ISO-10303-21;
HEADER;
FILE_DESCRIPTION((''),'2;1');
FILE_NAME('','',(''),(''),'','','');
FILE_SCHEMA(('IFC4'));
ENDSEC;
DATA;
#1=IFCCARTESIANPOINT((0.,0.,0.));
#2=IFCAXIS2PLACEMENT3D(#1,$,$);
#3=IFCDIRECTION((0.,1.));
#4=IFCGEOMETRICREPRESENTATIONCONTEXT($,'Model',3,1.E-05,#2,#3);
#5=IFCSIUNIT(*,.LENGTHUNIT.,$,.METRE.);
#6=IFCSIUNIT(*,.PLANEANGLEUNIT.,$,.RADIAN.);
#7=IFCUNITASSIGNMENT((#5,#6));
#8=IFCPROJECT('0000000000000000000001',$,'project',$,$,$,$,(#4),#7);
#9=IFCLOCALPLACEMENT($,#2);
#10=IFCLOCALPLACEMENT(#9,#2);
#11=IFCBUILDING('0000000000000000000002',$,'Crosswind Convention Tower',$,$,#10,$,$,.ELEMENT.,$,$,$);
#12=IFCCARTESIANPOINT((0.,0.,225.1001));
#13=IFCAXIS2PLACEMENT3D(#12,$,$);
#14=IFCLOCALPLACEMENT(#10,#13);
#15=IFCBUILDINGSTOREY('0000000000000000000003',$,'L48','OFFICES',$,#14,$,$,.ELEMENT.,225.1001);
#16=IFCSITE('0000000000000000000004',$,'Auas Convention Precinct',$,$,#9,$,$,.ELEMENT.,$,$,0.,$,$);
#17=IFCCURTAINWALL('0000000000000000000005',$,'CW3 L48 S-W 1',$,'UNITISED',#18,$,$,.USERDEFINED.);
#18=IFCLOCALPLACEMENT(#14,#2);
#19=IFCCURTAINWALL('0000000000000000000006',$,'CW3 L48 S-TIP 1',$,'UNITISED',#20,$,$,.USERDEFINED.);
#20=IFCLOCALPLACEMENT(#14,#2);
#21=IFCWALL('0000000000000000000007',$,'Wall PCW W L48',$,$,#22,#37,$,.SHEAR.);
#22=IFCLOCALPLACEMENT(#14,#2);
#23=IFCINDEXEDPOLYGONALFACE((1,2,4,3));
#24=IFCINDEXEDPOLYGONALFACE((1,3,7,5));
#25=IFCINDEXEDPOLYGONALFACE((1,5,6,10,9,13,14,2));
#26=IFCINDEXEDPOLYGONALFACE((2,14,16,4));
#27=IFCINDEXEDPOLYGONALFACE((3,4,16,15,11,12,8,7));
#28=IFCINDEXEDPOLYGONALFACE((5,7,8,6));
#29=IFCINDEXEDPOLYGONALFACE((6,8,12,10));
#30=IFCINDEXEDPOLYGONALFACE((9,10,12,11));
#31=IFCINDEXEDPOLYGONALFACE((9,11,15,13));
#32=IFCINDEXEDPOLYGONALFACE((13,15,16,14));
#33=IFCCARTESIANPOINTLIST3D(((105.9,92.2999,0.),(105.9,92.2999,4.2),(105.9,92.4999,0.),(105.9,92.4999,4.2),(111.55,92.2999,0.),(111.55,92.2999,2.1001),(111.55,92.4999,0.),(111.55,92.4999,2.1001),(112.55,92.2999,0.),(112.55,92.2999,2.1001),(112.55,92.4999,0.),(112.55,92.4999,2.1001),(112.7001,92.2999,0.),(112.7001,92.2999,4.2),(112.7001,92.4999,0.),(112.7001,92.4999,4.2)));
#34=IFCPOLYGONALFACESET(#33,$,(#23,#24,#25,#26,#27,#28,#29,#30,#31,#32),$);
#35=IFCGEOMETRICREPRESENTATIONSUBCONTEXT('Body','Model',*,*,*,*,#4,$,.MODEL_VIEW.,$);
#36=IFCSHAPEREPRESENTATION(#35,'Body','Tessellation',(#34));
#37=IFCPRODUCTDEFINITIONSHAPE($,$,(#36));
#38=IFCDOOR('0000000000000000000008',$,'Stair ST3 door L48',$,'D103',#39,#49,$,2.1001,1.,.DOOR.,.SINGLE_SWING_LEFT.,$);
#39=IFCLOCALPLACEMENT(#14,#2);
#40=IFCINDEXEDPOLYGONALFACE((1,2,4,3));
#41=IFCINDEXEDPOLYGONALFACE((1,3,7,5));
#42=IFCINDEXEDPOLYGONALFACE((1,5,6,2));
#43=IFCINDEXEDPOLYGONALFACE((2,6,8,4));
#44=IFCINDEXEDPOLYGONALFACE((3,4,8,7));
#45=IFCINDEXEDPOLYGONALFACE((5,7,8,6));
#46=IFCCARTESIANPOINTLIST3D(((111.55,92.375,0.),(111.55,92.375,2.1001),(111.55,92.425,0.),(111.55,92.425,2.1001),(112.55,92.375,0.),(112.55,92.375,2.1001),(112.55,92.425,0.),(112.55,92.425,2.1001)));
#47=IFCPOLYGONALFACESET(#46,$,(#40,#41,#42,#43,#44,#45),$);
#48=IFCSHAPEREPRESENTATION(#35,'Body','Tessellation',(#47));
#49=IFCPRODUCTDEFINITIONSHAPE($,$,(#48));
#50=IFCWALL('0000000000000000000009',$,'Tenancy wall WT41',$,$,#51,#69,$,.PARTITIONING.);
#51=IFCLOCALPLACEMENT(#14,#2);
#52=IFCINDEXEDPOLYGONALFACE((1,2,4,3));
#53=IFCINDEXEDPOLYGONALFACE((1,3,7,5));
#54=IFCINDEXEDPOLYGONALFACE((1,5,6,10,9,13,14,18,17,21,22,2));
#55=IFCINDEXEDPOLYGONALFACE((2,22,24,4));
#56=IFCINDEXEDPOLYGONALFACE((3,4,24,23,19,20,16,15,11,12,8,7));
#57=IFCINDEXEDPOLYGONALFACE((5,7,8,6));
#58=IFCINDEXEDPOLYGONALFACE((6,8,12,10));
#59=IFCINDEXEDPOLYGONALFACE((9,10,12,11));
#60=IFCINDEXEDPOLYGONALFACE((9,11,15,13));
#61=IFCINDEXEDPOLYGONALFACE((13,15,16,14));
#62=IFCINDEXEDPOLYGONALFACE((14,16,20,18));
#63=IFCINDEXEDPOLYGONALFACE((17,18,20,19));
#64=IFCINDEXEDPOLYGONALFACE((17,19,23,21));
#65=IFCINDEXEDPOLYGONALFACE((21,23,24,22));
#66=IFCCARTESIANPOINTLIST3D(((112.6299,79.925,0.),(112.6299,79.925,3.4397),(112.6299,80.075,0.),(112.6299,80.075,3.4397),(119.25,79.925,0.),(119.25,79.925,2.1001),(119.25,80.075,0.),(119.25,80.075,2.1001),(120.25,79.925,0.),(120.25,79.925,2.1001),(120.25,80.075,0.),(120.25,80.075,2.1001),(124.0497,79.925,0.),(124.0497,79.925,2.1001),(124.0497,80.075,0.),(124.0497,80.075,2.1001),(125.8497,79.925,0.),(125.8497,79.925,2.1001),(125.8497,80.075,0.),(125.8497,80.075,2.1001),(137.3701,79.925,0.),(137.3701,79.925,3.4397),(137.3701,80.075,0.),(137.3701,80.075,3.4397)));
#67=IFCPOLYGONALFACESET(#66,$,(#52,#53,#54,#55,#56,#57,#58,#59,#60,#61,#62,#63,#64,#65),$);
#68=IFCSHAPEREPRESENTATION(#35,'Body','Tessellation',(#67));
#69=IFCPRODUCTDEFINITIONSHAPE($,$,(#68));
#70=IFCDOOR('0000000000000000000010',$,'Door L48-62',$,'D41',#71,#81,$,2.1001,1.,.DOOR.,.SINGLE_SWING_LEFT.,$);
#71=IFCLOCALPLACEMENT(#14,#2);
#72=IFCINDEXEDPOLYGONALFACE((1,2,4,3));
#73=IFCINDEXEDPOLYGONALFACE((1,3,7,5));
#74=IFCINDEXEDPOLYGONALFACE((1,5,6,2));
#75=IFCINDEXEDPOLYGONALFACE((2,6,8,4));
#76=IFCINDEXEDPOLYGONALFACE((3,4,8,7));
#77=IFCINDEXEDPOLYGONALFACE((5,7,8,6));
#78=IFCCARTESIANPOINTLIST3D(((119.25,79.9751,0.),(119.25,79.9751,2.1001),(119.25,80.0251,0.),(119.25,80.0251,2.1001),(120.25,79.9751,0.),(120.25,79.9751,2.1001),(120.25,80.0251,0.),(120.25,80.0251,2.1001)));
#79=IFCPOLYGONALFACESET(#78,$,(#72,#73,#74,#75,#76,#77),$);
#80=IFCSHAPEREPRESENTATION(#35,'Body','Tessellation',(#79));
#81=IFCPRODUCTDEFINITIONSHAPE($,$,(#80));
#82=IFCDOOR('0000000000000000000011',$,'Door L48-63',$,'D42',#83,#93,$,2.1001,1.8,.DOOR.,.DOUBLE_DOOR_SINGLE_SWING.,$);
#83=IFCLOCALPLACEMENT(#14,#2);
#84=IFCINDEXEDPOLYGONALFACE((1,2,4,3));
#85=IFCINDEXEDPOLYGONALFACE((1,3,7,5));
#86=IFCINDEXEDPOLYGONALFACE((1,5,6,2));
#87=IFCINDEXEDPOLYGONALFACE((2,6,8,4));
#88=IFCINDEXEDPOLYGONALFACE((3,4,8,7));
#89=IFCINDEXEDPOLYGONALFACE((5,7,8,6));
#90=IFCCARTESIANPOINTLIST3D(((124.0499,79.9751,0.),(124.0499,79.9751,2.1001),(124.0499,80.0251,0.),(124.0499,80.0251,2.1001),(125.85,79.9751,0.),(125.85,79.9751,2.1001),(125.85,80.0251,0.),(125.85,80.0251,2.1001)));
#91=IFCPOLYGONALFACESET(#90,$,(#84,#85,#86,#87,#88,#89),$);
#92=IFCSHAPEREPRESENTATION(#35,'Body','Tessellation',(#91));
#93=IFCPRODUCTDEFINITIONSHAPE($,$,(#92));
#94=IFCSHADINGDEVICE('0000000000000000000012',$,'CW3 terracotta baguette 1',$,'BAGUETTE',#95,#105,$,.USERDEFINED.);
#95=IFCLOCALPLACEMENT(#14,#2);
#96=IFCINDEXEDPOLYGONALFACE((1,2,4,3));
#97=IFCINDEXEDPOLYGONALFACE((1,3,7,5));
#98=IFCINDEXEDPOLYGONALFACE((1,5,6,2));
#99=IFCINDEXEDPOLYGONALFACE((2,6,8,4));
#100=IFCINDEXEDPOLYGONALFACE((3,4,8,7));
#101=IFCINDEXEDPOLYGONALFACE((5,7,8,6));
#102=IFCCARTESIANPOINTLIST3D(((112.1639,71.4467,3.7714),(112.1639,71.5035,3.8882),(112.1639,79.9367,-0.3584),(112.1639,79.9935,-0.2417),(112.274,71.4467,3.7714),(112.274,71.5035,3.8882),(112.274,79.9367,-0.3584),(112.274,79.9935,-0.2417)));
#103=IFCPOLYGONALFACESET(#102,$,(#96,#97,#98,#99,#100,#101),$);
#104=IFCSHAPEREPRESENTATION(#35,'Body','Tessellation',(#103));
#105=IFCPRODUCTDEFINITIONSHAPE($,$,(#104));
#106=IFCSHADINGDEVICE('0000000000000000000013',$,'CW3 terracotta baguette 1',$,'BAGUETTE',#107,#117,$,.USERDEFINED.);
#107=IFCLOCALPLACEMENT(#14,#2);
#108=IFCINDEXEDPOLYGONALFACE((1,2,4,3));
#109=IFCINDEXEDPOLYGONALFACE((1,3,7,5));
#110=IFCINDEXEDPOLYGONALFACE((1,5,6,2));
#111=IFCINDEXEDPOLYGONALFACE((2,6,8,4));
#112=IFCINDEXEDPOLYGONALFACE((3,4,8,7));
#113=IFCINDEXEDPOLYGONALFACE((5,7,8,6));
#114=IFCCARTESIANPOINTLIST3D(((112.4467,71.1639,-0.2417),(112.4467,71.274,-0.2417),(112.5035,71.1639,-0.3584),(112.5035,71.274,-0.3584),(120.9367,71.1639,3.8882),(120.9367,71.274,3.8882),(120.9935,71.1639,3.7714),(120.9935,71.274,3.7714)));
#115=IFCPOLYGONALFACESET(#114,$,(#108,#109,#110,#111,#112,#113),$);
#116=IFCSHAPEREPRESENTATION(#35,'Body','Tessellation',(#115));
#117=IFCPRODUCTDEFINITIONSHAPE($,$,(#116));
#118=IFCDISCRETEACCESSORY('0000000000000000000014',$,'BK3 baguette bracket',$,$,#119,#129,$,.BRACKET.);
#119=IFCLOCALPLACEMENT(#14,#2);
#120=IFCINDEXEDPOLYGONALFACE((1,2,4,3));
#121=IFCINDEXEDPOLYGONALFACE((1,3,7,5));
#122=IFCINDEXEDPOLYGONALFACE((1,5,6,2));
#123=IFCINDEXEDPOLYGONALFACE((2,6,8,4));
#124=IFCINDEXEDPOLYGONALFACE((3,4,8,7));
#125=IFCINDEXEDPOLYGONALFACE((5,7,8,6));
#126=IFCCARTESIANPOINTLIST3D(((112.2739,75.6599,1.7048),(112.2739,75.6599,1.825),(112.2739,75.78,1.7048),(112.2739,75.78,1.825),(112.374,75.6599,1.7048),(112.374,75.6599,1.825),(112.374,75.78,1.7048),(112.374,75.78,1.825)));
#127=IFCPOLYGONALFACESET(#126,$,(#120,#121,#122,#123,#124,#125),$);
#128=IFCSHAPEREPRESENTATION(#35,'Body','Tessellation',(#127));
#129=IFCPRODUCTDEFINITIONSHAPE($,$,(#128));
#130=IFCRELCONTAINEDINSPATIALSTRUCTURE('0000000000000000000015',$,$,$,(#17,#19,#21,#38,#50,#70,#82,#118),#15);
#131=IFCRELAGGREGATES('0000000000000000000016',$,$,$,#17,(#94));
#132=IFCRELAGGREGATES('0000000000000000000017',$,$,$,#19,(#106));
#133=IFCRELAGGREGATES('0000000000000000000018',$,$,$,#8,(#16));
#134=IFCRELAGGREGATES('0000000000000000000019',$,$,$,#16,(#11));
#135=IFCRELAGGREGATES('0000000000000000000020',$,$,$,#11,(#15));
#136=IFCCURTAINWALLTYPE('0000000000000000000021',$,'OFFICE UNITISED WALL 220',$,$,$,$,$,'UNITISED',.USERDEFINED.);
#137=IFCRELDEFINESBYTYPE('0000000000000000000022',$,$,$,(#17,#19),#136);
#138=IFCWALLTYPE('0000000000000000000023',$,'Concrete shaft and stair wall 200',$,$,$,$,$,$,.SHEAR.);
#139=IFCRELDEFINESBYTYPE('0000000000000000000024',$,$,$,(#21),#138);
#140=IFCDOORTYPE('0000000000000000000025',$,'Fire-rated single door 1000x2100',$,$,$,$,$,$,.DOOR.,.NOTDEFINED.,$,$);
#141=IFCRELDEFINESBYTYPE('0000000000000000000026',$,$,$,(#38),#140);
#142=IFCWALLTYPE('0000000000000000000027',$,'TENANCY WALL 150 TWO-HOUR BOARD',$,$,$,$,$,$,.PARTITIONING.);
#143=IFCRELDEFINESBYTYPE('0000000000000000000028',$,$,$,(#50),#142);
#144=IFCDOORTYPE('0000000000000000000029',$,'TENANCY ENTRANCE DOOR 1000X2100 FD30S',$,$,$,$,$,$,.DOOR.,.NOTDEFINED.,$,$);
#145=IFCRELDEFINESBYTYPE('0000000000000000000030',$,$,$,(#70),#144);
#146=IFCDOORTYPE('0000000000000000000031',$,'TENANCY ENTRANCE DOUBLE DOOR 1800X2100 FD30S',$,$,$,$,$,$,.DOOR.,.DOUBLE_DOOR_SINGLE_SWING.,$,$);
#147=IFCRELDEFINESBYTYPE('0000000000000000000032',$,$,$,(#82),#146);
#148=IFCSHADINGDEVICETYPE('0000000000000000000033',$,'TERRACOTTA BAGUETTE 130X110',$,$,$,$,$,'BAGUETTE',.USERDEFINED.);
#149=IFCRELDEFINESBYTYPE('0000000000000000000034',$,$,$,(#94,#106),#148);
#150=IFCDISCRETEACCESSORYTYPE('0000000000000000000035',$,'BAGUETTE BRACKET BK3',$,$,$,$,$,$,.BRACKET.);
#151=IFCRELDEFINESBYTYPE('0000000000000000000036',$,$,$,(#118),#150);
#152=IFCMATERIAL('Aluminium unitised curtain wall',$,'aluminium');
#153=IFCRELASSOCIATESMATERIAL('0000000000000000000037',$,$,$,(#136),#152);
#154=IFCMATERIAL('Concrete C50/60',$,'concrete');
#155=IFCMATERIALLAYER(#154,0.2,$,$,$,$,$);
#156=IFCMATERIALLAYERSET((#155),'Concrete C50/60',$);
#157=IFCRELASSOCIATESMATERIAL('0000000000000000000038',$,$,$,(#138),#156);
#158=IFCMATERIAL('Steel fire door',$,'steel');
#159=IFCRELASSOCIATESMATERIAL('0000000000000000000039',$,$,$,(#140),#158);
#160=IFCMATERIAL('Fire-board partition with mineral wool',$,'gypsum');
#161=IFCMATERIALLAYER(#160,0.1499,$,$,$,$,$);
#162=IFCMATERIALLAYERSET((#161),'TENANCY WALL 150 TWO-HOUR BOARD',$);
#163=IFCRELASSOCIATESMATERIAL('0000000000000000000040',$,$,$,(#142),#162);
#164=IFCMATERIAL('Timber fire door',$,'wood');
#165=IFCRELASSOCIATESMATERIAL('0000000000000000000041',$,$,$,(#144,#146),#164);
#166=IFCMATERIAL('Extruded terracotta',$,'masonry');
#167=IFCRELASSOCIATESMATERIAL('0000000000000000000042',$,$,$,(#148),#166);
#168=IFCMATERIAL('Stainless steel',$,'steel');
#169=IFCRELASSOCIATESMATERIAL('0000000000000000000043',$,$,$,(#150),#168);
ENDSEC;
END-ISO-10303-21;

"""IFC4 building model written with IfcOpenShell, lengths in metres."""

from ifc_helpers import new_model, si_unit, direction, frame, frame_2d, origin, origin_2d, place, context, subcontext, project, spatial, rectangle, extrude, material, layer, layer_set, material_profile, profile_set, type_object, element, fill, aggregate, save


model = new_model("IFC4")

# Units and contexts
model_context = context("Model", 3, precision=1e-05, world=origin(), true_north=direction((0.0, 1.0)))
body_context = subcontext(model_context, "Body", "Model", "MODEL_VIEW")
ifc_project = project(units=[si_unit("LENGTHUNIT", "METRE"), si_unit("PLANEANGLEUNIT", "RADIAN")], contexts=[model_context])

# Site, building, storey
site_placement = place(None, origin())
site = spatial("IfcSite", under=ifc_project, at=site_placement, Name="Auas Convention Precinct", CompositionType="ELEMENT", RefElevation=0.0)
building_placement = place(site_placement, origin())
building = spatial("IfcBuilding", under=site, at=building_placement, Name="Crosswind Convention Tower", CompositionType="ELEMENT")
storey_placement = place(building_placement, frame((0.0, 0.0, 225.1001)))
storey = spatial("IfcBuildingStorey", under=building, at=storey_placement, Name="L48", Description="OFFICES", CompositionType="ELEMENT", Elevation=225.1001)

# Curtain wall
ifc_material_1 = material(Name="Aluminium unitised curtain wall", Category="aluminium")
curtain_wall_type_1 = type_object("IfcCurtainWallType", Name="OFFICE UNITISED WALL 220", ElementType="UNITISED", PredefinedType="USERDEFINED", material=ifc_material_1)
curtain_wall_1_placement = place(storey_placement, origin())
curtain_wall_1 = element("IfcCurtainWall", 1, at=curtain_wall_1_placement, inside=storey, type_object=curtain_wall_type_1, Name="CW3 L48 S-W 1", ObjectType="UNITISED", PredefinedType="USERDEFINED")

# Curtain wall
curtain_wall_2_placement = place(storey_placement, origin())
curtain_wall_2 = element("IfcCurtainWall", 2, at=curtain_wall_2_placement, inside=storey, type_object=curtain_wall_type_1, Name="CW3 L48 S-TIP 1", ObjectType="UNITISED", PredefinedType="USERDEFINED")

# Wall, opening, door
ifc_material_2 = material(Name="Concrete C50/60", Category="concrete")
ifc_layer_1 = layer(ifc_material_2, 0.2)
ifc_layer_set_1 = layer_set([ifc_layer_1], Name="Concrete C50/60")
wall_type_1 = type_object("IfcWallType", Name="Concrete shaft and stair wall 200", PredefinedType="SHEAR", material=ifc_layer_set_1)
ifc_material_3 = material(Name="Steel fire door", Category="steel")
wall_1_placement = place(storey_placement, frame((112.7, 92.3999, 0.0), z_axis=(0.0, 0.0, 1.0), x_axis=(-1.0, 0.0, 0.0)))
wall_1 = element("IfcWall", 3, at=wall_1_placement, inside=storey, type_object=wall_type_1, Name="Wall PCW W L48", PredefinedType="SHEAR", context=body_context, shape_type="SweptSolid", body=[
    extrude(rectangle(XDim=6.8, YDim=0.2, at=frame_2d((3.3999, 0.0))), origin(), (0.0, 0.0, 1.0), 4.2),
])
opening_1_placement = place(wall_1_placement, frame((0.1499, 0.0, 0.0)))
opening_1 = element("IfcOpeningElement", 4, at=opening_1_placement, cuts=wall_1, PredefinedType="OPENING", context=body_context, shape_type="SweptSolid", body=[
    extrude(rectangle(XDim=1.0, YDim=2.1001, at=frame_2d((0.5, 1.05))), frame((0.0, 0.1099, 0.0), z_axis=(0.0, -1.0, 0.0), x_axis=(1.0, 0.0, 0.0)), (0.0, 0.0, 1.0), 0.22),
])
door_type_1 = type_object("IfcDoorType", Name="Fire-rated single door 1000x2100", OperationType="NOTDEFINED", PredefinedType="DOOR", material=ifc_material_3)
door_1_placement = place(opening_1_placement, origin())
door_1 = element("IfcDoor", 5, at=door_1_placement, inside=storey, type_object=door_type_1, Name="Stair ST3 door L48", ObjectType="D103", OperationType="SINGLE_SWING_LEFT", OverallHeight=2.1001, OverallWidth=1.0, PredefinedType="DOOR", context=body_context, shape_type="SweptSolid", body=[
    extrude(rectangle(XDim=1.0, YDim=2.1001, at=frame_2d((0.5, 1.05))), frame((0.0, 0.0249, 0.0), z_axis=(0.0, -1.0, 0.0), x_axis=(1.0, 0.0, 0.0)), (0.0, 0.0, 1.0), 0.05),
])
fill(opening_1, door_1)

# Wall, openings, doors
ifc_material_4 = material(Name="Fire-board partition with mineral wool", Category="gypsum")
ifc_layer_2 = layer(ifc_material_4, 0.1499)
ifc_layer_set_2 = layer_set([ifc_layer_2], Name="TENANCY WALL 150 TWO-HOUR BOARD")
wall_type_2 = type_object("IfcWallType", Name="TENANCY WALL 150 TWO-HOUR BOARD", PredefinedType="PARTITIONING", material=ifc_layer_set_2)
wall_2_placement = place(storey_placement, frame((112.6299, 80.0, 0.0), z_axis=(0.0, 0.0, 1.0), x_axis=(1.0, 0.0, 0.0)))
wall_2 = element("IfcWall", 6, at=wall_2_placement, inside=storey, type_object=wall_type_2, Name="Tenancy wall WT41", PredefinedType="PARTITIONING", context=body_context, shape_type="SweptSolid", body=[
    extrude(rectangle(XDim=24.7402, YDim=0.1499, at=frame_2d((12.3701, 0.0))), origin(), (0.0, 0.0, 1.0), 3.4397),
])
opening_2_placement = place(wall_2_placement, frame((6.6201, 0.0, 0.0)))
opening_2 = element("IfcOpeningElement", 7, at=opening_2_placement, cuts=wall_2, PredefinedType="OPENING", context=body_context, shape_type="SweptSolid", body=[
    extrude(rectangle(XDim=1.0, YDim=2.1001, at=frame_2d((0.5, 1.05))), frame((0.0, 0.085, 0.0), z_axis=(0.0, -1.0, 0.0), x_axis=(1.0, 0.0, 0.0)), (0.0, 0.0, 1.0), 0.1699),
])
opening_3_placement = place(wall_2_placement, frame((11.4199, 0.0, 0.0)))
opening_3 = element("IfcOpeningElement", 8, at=opening_3_placement, cuts=wall_2, PredefinedType="OPENING", context=body_context, shape_type="SweptSolid", body=[
    extrude(rectangle(XDim=1.8, YDim=2.1001, at=frame_2d((0.8999, 1.05))), frame((0.0, 0.085, 0.0), z_axis=(0.0, -1.0, 0.0), x_axis=(1.0, 0.0, 0.0)), (0.0, 0.0, 1.0), 0.1699),
])
ifc_material_5 = material(Name="Timber fire door", Category="wood")
door_type_2 = type_object("IfcDoorType", Name="TENANCY ENTRANCE DOOR 1000X2100 FD30S", OperationType="NOTDEFINED", PredefinedType="DOOR", material=ifc_material_5)
door_2_placement = place(opening_2_placement, frame((1.0, 0.0, 0.0), z_axis=(0.0, 0.0, 1.0), x_axis=(-1.0, 0.0, 0.0)))
door_2 = element("IfcDoor", 9, at=door_2_placement, inside=storey, type_object=door_type_2, Name="Door L48-62", ObjectType="D41", OperationType="SINGLE_SWING_LEFT", OverallHeight=2.1001, OverallWidth=1.0, PredefinedType="DOOR", context=body_context, shape_type="SweptSolid", body=[
    extrude(rectangle(XDim=1.0, YDim=2.1001, at=frame_2d((0.5, 1.05))), frame((0.0, 0.0249, 0.0), z_axis=(0.0, -1.0, 0.0), x_axis=(1.0, 0.0, 0.0)), (0.0, 0.0, 1.0), 0.05),
])
fill(opening_2, door_2)
door_type_3 = type_object("IfcDoorType", Name="TENANCY ENTRANCE DOUBLE DOOR 1800X2100 FD30S", OperationType="DOUBLE_DOOR_SINGLE_SWING", PredefinedType="DOOR", material=ifc_material_5)
door_3_placement = place(opening_3_placement, frame((1.8, 0.0, 0.0), z_axis=(0.0, 0.0, 1.0), x_axis=(-1.0, 0.0, 0.0)))
door_3 = element("IfcDoor", 10, at=door_3_placement, inside=storey, type_object=door_type_3, Name="Door L48-63", ObjectType="D42", OperationType="DOUBLE_DOOR_SINGLE_SWING", OverallHeight=2.1001, OverallWidth=1.8, PredefinedType="DOOR", context=body_context, shape_type="SweptSolid", body=[
    extrude(rectangle(XDim=1.8, YDim=2.1001, at=frame_2d((0.8999, 1.05))), frame((0.0, 0.0249, 0.0), z_axis=(0.0, -1.0, 0.0), x_axis=(1.0, 0.0, 0.0)), (0.0, 0.0, 1.0), 0.05),
])
fill(opening_3, door_3)

# Shading devices
ifc_material_6 = material(Name="Extruded terracotta", Category="masonry")
ifc_material_profile_1 = material_profile(ifc_material_6, rectangle(XDim=0.1101, YDim=0.1299, at=origin_2d()), Name="TC 110X130")
ifc_profile_set_1 = profile_set([ifc_material_profile_1], Name="Extruded terracotta")
shading_device_type = type_object("IfcShadingDeviceType", Name="TERRACOTTA BAGUETTE 130X110", ElementType="BAGUETTE", PredefinedType="USERDEFINED", material=ifc_profile_set_1)
shading_device_1_placement = place(storey_placement, frame((112.219, 79.9651, -0.3), z_axis=(0.0, -0.899251, 0.437433), x_axis=(1.0, 0.0, 0.0)))
shading_device_1 = element("IfcShadingDevice", 11, at=shading_device_1_placement, type_object=shading_device_type, Name="CW3 terracotta baguette 1", ObjectType="BAGUETTE", PredefinedType="USERDEFINED", context=body_context, shape_type="SweptSolid", body=[
    extrude(rectangle(XDim=0.1101, YDim=0.1299, at=origin_2d()), origin(), (0.0, 0.0, 1.0), 9.4412),
])
aggregate(curtain_wall_1, [shading_device_1])
shading_device_2_placement = place(storey_placement, frame((112.4751, 71.219, -0.3), z_axis=(0.899251, 0.0, 0.437433), x_axis=(0.0, 1.0, 0.0)))
shading_device_2 = element("IfcShadingDevice", 12, at=shading_device_2_placement, type_object=shading_device_type, Name="CW3 terracotta baguette 1", ObjectType="BAGUETTE", PredefinedType="USERDEFINED", context=body_context, shape_type="SweptSolid", body=[
    extrude(rectangle(XDim=0.1101, YDim=0.1299, at=origin_2d()), origin(), (0.0, 0.0, 1.0), 9.4412),
])
aggregate(curtain_wall_2, [shading_device_2])

# Discrete accessory
ifc_material_7 = material(Name="Stainless steel", Category="steel")
discrete_accessory_type = type_object("IfcDiscreteAccessoryType", Name="BAGUETTE BRACKET BK3", PredefinedType="BRACKET", material=ifc_material_7)
discrete_accessory_placement = place(storey_placement, frame((112.324, 75.72, 1.7048), z_axis=(0.0, 0.0, 1.0), x_axis=(0.0, -1.0, 0.0)))
element("IfcDiscreteAccessory", 13, at=discrete_accessory_placement, inside=storey, type_object=discrete_accessory_type, Name="BK3 baguette bracket", PredefinedType="BRACKET", context=body_context, shape_type="SweptSolid", body=[
    extrude(rectangle(XDim=0.1201, YDim=0.1001, at=origin_2d()), origin(), (0.0, 0.0, 1.0), 0.1201),
])

save(model, "model.ifc")
